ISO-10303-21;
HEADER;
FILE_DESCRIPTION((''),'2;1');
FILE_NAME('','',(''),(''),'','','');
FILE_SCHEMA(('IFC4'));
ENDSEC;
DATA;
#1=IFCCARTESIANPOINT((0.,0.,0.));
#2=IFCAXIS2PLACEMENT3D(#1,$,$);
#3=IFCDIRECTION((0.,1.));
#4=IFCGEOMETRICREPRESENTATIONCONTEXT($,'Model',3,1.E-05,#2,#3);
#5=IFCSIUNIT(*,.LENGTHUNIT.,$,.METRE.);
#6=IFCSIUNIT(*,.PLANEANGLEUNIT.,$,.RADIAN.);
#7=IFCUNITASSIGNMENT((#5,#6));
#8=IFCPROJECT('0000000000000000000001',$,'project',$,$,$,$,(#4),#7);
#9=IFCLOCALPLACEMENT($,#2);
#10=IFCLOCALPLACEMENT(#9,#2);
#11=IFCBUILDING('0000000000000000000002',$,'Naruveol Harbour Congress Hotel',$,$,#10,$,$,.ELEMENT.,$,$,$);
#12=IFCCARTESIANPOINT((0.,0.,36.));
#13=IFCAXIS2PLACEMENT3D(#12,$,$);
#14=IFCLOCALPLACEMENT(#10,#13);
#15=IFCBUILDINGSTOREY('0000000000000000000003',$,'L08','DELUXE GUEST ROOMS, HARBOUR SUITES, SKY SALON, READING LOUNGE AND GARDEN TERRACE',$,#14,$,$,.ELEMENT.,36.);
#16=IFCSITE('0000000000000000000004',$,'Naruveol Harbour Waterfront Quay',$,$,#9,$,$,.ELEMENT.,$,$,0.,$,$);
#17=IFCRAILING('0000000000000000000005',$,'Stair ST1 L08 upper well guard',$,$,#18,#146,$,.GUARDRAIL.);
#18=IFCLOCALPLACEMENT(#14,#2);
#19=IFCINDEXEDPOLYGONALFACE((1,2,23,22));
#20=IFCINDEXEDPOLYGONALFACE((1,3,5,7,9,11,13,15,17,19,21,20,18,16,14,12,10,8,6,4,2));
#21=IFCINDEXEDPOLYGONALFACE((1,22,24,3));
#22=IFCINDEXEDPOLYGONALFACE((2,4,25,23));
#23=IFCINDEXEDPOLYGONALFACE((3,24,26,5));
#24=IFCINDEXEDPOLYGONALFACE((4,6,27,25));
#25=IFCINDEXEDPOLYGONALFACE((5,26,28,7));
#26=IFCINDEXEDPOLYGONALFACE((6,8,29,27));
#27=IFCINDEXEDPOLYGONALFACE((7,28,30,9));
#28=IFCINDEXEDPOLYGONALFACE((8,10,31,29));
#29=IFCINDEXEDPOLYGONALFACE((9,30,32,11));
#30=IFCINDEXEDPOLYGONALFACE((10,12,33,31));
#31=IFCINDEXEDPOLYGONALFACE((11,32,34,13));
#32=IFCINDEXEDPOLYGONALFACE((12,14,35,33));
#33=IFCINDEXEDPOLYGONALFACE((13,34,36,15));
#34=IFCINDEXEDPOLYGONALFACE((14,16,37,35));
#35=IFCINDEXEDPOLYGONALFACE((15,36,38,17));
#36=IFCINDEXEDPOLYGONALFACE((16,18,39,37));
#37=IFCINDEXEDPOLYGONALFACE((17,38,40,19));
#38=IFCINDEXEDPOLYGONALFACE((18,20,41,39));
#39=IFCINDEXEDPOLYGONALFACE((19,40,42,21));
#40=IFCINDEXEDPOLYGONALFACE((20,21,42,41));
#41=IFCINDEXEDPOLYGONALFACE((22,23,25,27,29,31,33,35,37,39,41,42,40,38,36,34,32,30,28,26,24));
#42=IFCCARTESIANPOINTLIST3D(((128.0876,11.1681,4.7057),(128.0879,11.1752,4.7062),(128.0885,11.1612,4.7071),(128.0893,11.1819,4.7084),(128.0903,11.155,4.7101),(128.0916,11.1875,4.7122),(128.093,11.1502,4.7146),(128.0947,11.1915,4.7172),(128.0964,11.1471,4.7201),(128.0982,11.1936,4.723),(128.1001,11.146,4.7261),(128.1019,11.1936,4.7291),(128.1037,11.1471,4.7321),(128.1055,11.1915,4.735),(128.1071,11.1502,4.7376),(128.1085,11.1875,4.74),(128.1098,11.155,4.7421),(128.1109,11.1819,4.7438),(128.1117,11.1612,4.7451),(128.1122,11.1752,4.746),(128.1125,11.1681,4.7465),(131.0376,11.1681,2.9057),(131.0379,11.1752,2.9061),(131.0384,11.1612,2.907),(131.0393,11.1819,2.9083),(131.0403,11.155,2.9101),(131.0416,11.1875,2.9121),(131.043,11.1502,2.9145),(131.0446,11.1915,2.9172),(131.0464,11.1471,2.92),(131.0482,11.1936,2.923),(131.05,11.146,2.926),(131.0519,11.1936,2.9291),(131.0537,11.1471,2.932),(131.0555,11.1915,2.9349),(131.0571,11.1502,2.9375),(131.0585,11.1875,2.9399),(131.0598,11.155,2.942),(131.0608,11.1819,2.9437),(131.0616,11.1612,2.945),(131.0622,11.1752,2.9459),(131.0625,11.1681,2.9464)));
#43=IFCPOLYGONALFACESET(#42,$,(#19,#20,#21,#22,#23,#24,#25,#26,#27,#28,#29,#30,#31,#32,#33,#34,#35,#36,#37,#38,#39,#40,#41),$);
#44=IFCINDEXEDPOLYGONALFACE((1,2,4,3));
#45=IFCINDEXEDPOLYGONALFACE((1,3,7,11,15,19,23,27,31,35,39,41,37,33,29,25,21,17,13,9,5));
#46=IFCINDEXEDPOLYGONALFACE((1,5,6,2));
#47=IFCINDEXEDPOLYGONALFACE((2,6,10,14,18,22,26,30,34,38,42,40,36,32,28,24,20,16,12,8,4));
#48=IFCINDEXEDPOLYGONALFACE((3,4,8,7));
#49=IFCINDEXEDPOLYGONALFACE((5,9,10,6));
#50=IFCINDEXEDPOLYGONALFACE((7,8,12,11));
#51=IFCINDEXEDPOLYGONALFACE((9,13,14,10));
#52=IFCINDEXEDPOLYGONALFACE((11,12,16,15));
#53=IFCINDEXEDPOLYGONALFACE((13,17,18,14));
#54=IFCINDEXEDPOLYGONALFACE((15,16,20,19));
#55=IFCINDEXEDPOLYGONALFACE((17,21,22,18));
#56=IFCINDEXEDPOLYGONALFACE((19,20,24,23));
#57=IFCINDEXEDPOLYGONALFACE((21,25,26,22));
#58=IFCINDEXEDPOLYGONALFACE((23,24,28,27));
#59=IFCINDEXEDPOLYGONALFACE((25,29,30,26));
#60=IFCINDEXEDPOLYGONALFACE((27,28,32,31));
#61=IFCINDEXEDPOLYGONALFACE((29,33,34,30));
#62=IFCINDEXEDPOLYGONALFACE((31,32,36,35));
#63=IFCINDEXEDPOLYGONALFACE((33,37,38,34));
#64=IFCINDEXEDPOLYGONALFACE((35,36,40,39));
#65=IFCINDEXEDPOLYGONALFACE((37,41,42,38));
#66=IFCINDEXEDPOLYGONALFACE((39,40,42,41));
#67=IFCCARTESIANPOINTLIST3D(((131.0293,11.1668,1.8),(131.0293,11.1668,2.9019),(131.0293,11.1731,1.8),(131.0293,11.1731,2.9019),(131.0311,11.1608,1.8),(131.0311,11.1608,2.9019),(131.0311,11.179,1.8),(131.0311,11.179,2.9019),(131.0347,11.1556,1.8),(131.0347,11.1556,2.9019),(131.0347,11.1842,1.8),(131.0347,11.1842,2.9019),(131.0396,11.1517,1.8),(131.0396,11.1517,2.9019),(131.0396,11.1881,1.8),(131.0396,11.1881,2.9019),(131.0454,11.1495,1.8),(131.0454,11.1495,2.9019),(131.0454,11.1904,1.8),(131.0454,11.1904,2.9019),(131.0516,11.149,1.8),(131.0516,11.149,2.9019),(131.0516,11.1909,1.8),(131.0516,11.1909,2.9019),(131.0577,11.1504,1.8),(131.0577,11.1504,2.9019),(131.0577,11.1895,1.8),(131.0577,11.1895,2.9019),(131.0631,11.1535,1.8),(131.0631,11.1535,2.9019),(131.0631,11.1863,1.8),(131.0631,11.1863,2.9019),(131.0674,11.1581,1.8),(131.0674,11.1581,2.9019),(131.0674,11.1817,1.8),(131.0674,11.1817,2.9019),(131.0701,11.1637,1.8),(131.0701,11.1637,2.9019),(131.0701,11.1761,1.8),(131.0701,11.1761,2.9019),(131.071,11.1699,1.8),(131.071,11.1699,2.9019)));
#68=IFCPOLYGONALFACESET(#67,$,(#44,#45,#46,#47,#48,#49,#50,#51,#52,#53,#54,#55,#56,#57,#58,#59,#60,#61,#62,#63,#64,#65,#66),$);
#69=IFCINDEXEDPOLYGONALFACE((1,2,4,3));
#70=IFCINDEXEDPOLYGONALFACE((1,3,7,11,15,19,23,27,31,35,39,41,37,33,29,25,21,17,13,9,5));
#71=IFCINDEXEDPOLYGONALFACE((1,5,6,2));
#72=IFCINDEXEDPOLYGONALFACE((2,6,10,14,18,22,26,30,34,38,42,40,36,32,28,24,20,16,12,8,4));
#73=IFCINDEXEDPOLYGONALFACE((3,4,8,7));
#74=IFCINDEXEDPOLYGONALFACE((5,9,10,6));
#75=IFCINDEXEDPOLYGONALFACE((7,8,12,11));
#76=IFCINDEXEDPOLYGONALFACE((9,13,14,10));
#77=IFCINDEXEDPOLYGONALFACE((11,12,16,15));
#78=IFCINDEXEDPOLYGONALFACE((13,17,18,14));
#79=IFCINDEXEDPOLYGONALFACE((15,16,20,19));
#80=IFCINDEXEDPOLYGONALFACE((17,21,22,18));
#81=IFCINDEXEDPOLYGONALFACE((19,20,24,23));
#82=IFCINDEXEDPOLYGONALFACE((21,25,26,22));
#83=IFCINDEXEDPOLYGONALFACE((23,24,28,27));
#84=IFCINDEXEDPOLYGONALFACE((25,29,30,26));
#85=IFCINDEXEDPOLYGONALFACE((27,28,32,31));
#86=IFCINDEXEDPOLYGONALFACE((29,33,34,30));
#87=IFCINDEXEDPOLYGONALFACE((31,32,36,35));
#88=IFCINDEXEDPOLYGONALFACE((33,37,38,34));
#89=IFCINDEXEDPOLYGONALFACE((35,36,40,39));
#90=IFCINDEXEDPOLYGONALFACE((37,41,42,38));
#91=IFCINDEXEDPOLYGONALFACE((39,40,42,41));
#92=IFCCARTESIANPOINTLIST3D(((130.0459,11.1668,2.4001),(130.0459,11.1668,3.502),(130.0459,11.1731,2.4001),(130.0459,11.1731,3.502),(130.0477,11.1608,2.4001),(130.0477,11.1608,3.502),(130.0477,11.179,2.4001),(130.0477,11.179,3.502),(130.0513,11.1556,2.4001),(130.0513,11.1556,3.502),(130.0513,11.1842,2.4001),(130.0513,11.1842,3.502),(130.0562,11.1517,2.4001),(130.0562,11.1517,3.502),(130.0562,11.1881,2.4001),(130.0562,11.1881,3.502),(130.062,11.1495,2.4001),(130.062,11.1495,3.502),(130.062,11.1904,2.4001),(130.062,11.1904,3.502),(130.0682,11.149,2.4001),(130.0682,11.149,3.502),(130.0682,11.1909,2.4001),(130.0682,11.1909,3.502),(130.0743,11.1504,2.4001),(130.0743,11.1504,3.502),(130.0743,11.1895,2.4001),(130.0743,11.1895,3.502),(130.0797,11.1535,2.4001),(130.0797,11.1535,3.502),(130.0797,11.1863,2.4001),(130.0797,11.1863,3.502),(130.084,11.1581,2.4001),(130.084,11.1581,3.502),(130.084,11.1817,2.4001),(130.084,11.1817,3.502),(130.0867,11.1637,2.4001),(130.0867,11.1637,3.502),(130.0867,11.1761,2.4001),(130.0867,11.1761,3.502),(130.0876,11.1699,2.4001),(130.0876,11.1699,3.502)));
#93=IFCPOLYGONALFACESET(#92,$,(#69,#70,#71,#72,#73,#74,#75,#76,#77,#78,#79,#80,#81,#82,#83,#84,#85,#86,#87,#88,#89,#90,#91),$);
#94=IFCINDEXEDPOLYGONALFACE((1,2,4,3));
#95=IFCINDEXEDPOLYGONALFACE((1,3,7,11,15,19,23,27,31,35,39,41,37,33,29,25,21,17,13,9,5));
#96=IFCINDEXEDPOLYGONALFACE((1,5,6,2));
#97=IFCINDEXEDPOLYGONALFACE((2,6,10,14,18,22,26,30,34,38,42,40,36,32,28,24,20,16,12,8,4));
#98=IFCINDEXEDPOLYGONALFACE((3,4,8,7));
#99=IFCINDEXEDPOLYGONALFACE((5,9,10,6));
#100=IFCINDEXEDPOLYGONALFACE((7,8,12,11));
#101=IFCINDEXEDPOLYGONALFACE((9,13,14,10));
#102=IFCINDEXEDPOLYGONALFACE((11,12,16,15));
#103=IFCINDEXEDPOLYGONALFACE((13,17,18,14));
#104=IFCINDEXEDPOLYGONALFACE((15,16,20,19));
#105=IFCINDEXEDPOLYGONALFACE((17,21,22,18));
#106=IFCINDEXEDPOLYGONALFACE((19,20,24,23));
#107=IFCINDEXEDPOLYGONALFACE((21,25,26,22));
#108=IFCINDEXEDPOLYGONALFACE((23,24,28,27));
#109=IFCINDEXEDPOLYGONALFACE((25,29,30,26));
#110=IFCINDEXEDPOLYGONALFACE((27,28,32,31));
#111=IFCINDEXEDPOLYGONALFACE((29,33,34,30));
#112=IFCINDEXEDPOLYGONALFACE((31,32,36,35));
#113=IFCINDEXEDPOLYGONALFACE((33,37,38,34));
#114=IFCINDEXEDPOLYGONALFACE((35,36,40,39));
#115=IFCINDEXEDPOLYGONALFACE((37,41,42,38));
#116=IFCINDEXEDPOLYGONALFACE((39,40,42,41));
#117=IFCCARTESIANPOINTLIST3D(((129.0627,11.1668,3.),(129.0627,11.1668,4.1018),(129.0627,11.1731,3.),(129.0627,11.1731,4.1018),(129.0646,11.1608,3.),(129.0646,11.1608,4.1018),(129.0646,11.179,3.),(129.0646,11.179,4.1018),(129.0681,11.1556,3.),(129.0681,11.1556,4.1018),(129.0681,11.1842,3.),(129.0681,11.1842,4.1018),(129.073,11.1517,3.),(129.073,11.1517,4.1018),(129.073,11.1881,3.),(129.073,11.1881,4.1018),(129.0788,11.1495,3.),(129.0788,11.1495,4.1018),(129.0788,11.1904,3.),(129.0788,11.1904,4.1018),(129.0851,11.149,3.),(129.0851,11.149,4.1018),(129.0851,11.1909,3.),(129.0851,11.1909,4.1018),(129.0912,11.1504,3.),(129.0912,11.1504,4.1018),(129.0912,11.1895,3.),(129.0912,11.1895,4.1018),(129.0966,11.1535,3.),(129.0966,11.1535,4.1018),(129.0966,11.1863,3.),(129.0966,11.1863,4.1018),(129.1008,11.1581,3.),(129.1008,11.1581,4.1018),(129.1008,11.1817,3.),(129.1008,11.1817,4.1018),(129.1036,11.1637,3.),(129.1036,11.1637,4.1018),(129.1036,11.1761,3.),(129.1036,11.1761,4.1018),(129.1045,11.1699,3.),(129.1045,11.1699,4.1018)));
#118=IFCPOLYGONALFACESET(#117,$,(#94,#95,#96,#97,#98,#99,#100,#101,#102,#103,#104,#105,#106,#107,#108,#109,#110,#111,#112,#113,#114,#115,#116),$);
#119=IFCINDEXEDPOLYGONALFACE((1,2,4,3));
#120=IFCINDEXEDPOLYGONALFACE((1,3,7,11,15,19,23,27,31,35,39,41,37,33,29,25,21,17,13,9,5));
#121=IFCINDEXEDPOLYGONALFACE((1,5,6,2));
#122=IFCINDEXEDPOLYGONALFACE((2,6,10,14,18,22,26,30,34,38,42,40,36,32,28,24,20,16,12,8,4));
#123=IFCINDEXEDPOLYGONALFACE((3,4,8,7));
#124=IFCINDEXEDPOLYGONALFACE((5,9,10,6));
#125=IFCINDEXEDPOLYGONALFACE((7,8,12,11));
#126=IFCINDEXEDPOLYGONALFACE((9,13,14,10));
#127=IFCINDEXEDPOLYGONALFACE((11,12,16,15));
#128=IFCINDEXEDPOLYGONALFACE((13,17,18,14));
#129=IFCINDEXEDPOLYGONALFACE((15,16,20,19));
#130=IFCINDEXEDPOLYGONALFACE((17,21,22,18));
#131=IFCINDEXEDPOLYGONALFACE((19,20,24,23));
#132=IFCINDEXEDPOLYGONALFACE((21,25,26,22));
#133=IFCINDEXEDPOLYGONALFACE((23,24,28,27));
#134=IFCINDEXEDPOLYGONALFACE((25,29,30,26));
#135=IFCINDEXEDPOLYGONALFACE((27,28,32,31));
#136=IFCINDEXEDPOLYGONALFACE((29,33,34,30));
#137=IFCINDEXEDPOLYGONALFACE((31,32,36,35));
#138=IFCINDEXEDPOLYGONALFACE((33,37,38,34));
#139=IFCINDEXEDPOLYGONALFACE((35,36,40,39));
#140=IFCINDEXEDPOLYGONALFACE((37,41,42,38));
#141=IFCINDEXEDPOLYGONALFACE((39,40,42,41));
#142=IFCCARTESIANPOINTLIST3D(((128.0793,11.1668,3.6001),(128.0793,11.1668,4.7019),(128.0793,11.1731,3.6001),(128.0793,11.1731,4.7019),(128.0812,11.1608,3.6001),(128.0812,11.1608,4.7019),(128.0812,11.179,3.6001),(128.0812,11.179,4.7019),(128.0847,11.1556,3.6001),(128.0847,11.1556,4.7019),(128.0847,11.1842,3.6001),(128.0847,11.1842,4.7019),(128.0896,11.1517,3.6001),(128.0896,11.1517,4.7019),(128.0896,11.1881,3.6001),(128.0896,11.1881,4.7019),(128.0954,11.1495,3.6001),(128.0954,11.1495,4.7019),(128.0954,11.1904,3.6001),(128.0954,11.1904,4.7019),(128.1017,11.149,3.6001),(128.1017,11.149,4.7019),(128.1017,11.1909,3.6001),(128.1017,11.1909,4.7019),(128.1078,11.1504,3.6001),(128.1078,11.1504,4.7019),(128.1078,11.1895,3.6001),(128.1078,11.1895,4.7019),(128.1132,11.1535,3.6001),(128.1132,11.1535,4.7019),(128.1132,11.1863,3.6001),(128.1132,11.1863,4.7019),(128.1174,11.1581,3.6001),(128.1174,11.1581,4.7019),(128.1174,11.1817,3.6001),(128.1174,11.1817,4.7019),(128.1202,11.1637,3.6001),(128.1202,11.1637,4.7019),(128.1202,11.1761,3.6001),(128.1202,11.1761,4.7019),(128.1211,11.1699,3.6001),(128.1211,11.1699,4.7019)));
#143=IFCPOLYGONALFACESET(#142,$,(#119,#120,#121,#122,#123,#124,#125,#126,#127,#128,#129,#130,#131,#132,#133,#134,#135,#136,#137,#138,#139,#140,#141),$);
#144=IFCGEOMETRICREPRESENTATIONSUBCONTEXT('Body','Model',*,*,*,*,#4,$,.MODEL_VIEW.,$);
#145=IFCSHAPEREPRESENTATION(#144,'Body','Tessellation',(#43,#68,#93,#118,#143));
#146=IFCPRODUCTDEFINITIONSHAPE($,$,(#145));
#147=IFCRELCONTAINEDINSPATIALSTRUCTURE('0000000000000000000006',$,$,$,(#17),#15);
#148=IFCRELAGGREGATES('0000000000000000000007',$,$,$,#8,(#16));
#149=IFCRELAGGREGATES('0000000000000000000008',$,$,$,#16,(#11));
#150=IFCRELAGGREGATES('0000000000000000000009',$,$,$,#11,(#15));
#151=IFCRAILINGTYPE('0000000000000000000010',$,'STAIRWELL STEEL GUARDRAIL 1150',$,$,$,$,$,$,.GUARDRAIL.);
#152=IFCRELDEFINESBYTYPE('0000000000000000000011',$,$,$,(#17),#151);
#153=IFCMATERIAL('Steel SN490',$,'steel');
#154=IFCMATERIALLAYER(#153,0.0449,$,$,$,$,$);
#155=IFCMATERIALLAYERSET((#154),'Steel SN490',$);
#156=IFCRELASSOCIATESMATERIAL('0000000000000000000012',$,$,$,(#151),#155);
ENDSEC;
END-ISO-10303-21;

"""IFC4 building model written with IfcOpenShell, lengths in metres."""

from ifc_helpers import new_model, si_unit, direction, frame, origin, origin_2d, place, context, subcontext, project, spatial, circle, extrude, material, layer, layer_set, type_object, element, save


model = new_model("IFC4")

# Units and contexts
model_context = context("Model", 3, precision=1e-05, world=origin(), true_north=direction((0.0, 1.0)))
body_context = subcontext(model_context, "Body", "Model", "MODEL_VIEW")
ifc_project = project(units=[si_unit("LENGTHUNIT", "METRE"), si_unit("PLANEANGLEUNIT", "RADIAN")], contexts=[model_context])

# Site, building, storey
site_placement = place(None, origin())
site = spatial("IfcSite", under=ifc_project, at=site_placement, Name="Naruveol Harbour Waterfront Quay", CompositionType="ELEMENT", RefElevation=0.0)
building_placement = place(site_placement, origin())
building = spatial("IfcBuilding", under=site, at=building_placement, Name="Naruveol Harbour Congress Hotel", CompositionType="ELEMENT")
storey_placement = place(building_placement, frame((0.0, 0.0, 36.0)))
storey = spatial("IfcBuildingStorey", under=building, at=storey_placement, Name="L08", Description="DELUXE GUEST ROOMS, HARBOUR SUITES, SKY SALON, READING LOUNGE AND GARDEN TERRACE", CompositionType="ELEMENT", Elevation=36.0)

# Railing
ifc_material_1 = material(Name="Steel SN490", Category="steel")
ifc_layer_1 = layer(ifc_material_1, 0.0449)
ifc_layer_set_1 = layer_set([ifc_layer_1], Name="Steel SN490")
railing_type_1 = type_object("IfcRailingType", Name="STAIRWELL STEEL GUARDRAIL 1150", PredefinedType="GUARDRAIL", material=ifc_layer_set_1)
railing_1_placement = place(storey_placement, frame((131.05, 11.1699, 1.8)))
element("IfcRailing", 1, at=railing_1_placement, inside=storey, type_object=railing_type_1, Name="Stair ST1 L08 upper well guard", PredefinedType="GUARDRAIL", context=body_context, shape_type="SweptSolid", body=[
    extrude(circle(Radius=0.0239, at=origin_2d()), frame((0.0, 0.0, 1.126), z_axis=(-0.853629, 0.0, 0.520881), x_axis=(0.0, -1.0, 0.0)), (0.0, 0.0, 1.0), 3.4558),
    extrude(circle(Radius=0.021, at=origin_2d()), origin(), (0.0, 0.0, 1.0), 1.1018),
    extrude(circle(Radius=0.021, at=origin_2d()), frame((-0.9834, 0.0, 0.6001)), (0.0, 0.0, 1.0), 1.1018),
    extrude(circle(Radius=0.021, at=origin_2d()), frame((-1.9666, 0.0, 1.2)), (0.0, 0.0, 1.0), 1.1018),
    extrude(circle(Radius=0.021, at=origin_2d()), frame((-2.95, 0.0, 1.8)), (0.0, 0.0, 1.0), 1.1018),
])

save(model, "model.ifc")
